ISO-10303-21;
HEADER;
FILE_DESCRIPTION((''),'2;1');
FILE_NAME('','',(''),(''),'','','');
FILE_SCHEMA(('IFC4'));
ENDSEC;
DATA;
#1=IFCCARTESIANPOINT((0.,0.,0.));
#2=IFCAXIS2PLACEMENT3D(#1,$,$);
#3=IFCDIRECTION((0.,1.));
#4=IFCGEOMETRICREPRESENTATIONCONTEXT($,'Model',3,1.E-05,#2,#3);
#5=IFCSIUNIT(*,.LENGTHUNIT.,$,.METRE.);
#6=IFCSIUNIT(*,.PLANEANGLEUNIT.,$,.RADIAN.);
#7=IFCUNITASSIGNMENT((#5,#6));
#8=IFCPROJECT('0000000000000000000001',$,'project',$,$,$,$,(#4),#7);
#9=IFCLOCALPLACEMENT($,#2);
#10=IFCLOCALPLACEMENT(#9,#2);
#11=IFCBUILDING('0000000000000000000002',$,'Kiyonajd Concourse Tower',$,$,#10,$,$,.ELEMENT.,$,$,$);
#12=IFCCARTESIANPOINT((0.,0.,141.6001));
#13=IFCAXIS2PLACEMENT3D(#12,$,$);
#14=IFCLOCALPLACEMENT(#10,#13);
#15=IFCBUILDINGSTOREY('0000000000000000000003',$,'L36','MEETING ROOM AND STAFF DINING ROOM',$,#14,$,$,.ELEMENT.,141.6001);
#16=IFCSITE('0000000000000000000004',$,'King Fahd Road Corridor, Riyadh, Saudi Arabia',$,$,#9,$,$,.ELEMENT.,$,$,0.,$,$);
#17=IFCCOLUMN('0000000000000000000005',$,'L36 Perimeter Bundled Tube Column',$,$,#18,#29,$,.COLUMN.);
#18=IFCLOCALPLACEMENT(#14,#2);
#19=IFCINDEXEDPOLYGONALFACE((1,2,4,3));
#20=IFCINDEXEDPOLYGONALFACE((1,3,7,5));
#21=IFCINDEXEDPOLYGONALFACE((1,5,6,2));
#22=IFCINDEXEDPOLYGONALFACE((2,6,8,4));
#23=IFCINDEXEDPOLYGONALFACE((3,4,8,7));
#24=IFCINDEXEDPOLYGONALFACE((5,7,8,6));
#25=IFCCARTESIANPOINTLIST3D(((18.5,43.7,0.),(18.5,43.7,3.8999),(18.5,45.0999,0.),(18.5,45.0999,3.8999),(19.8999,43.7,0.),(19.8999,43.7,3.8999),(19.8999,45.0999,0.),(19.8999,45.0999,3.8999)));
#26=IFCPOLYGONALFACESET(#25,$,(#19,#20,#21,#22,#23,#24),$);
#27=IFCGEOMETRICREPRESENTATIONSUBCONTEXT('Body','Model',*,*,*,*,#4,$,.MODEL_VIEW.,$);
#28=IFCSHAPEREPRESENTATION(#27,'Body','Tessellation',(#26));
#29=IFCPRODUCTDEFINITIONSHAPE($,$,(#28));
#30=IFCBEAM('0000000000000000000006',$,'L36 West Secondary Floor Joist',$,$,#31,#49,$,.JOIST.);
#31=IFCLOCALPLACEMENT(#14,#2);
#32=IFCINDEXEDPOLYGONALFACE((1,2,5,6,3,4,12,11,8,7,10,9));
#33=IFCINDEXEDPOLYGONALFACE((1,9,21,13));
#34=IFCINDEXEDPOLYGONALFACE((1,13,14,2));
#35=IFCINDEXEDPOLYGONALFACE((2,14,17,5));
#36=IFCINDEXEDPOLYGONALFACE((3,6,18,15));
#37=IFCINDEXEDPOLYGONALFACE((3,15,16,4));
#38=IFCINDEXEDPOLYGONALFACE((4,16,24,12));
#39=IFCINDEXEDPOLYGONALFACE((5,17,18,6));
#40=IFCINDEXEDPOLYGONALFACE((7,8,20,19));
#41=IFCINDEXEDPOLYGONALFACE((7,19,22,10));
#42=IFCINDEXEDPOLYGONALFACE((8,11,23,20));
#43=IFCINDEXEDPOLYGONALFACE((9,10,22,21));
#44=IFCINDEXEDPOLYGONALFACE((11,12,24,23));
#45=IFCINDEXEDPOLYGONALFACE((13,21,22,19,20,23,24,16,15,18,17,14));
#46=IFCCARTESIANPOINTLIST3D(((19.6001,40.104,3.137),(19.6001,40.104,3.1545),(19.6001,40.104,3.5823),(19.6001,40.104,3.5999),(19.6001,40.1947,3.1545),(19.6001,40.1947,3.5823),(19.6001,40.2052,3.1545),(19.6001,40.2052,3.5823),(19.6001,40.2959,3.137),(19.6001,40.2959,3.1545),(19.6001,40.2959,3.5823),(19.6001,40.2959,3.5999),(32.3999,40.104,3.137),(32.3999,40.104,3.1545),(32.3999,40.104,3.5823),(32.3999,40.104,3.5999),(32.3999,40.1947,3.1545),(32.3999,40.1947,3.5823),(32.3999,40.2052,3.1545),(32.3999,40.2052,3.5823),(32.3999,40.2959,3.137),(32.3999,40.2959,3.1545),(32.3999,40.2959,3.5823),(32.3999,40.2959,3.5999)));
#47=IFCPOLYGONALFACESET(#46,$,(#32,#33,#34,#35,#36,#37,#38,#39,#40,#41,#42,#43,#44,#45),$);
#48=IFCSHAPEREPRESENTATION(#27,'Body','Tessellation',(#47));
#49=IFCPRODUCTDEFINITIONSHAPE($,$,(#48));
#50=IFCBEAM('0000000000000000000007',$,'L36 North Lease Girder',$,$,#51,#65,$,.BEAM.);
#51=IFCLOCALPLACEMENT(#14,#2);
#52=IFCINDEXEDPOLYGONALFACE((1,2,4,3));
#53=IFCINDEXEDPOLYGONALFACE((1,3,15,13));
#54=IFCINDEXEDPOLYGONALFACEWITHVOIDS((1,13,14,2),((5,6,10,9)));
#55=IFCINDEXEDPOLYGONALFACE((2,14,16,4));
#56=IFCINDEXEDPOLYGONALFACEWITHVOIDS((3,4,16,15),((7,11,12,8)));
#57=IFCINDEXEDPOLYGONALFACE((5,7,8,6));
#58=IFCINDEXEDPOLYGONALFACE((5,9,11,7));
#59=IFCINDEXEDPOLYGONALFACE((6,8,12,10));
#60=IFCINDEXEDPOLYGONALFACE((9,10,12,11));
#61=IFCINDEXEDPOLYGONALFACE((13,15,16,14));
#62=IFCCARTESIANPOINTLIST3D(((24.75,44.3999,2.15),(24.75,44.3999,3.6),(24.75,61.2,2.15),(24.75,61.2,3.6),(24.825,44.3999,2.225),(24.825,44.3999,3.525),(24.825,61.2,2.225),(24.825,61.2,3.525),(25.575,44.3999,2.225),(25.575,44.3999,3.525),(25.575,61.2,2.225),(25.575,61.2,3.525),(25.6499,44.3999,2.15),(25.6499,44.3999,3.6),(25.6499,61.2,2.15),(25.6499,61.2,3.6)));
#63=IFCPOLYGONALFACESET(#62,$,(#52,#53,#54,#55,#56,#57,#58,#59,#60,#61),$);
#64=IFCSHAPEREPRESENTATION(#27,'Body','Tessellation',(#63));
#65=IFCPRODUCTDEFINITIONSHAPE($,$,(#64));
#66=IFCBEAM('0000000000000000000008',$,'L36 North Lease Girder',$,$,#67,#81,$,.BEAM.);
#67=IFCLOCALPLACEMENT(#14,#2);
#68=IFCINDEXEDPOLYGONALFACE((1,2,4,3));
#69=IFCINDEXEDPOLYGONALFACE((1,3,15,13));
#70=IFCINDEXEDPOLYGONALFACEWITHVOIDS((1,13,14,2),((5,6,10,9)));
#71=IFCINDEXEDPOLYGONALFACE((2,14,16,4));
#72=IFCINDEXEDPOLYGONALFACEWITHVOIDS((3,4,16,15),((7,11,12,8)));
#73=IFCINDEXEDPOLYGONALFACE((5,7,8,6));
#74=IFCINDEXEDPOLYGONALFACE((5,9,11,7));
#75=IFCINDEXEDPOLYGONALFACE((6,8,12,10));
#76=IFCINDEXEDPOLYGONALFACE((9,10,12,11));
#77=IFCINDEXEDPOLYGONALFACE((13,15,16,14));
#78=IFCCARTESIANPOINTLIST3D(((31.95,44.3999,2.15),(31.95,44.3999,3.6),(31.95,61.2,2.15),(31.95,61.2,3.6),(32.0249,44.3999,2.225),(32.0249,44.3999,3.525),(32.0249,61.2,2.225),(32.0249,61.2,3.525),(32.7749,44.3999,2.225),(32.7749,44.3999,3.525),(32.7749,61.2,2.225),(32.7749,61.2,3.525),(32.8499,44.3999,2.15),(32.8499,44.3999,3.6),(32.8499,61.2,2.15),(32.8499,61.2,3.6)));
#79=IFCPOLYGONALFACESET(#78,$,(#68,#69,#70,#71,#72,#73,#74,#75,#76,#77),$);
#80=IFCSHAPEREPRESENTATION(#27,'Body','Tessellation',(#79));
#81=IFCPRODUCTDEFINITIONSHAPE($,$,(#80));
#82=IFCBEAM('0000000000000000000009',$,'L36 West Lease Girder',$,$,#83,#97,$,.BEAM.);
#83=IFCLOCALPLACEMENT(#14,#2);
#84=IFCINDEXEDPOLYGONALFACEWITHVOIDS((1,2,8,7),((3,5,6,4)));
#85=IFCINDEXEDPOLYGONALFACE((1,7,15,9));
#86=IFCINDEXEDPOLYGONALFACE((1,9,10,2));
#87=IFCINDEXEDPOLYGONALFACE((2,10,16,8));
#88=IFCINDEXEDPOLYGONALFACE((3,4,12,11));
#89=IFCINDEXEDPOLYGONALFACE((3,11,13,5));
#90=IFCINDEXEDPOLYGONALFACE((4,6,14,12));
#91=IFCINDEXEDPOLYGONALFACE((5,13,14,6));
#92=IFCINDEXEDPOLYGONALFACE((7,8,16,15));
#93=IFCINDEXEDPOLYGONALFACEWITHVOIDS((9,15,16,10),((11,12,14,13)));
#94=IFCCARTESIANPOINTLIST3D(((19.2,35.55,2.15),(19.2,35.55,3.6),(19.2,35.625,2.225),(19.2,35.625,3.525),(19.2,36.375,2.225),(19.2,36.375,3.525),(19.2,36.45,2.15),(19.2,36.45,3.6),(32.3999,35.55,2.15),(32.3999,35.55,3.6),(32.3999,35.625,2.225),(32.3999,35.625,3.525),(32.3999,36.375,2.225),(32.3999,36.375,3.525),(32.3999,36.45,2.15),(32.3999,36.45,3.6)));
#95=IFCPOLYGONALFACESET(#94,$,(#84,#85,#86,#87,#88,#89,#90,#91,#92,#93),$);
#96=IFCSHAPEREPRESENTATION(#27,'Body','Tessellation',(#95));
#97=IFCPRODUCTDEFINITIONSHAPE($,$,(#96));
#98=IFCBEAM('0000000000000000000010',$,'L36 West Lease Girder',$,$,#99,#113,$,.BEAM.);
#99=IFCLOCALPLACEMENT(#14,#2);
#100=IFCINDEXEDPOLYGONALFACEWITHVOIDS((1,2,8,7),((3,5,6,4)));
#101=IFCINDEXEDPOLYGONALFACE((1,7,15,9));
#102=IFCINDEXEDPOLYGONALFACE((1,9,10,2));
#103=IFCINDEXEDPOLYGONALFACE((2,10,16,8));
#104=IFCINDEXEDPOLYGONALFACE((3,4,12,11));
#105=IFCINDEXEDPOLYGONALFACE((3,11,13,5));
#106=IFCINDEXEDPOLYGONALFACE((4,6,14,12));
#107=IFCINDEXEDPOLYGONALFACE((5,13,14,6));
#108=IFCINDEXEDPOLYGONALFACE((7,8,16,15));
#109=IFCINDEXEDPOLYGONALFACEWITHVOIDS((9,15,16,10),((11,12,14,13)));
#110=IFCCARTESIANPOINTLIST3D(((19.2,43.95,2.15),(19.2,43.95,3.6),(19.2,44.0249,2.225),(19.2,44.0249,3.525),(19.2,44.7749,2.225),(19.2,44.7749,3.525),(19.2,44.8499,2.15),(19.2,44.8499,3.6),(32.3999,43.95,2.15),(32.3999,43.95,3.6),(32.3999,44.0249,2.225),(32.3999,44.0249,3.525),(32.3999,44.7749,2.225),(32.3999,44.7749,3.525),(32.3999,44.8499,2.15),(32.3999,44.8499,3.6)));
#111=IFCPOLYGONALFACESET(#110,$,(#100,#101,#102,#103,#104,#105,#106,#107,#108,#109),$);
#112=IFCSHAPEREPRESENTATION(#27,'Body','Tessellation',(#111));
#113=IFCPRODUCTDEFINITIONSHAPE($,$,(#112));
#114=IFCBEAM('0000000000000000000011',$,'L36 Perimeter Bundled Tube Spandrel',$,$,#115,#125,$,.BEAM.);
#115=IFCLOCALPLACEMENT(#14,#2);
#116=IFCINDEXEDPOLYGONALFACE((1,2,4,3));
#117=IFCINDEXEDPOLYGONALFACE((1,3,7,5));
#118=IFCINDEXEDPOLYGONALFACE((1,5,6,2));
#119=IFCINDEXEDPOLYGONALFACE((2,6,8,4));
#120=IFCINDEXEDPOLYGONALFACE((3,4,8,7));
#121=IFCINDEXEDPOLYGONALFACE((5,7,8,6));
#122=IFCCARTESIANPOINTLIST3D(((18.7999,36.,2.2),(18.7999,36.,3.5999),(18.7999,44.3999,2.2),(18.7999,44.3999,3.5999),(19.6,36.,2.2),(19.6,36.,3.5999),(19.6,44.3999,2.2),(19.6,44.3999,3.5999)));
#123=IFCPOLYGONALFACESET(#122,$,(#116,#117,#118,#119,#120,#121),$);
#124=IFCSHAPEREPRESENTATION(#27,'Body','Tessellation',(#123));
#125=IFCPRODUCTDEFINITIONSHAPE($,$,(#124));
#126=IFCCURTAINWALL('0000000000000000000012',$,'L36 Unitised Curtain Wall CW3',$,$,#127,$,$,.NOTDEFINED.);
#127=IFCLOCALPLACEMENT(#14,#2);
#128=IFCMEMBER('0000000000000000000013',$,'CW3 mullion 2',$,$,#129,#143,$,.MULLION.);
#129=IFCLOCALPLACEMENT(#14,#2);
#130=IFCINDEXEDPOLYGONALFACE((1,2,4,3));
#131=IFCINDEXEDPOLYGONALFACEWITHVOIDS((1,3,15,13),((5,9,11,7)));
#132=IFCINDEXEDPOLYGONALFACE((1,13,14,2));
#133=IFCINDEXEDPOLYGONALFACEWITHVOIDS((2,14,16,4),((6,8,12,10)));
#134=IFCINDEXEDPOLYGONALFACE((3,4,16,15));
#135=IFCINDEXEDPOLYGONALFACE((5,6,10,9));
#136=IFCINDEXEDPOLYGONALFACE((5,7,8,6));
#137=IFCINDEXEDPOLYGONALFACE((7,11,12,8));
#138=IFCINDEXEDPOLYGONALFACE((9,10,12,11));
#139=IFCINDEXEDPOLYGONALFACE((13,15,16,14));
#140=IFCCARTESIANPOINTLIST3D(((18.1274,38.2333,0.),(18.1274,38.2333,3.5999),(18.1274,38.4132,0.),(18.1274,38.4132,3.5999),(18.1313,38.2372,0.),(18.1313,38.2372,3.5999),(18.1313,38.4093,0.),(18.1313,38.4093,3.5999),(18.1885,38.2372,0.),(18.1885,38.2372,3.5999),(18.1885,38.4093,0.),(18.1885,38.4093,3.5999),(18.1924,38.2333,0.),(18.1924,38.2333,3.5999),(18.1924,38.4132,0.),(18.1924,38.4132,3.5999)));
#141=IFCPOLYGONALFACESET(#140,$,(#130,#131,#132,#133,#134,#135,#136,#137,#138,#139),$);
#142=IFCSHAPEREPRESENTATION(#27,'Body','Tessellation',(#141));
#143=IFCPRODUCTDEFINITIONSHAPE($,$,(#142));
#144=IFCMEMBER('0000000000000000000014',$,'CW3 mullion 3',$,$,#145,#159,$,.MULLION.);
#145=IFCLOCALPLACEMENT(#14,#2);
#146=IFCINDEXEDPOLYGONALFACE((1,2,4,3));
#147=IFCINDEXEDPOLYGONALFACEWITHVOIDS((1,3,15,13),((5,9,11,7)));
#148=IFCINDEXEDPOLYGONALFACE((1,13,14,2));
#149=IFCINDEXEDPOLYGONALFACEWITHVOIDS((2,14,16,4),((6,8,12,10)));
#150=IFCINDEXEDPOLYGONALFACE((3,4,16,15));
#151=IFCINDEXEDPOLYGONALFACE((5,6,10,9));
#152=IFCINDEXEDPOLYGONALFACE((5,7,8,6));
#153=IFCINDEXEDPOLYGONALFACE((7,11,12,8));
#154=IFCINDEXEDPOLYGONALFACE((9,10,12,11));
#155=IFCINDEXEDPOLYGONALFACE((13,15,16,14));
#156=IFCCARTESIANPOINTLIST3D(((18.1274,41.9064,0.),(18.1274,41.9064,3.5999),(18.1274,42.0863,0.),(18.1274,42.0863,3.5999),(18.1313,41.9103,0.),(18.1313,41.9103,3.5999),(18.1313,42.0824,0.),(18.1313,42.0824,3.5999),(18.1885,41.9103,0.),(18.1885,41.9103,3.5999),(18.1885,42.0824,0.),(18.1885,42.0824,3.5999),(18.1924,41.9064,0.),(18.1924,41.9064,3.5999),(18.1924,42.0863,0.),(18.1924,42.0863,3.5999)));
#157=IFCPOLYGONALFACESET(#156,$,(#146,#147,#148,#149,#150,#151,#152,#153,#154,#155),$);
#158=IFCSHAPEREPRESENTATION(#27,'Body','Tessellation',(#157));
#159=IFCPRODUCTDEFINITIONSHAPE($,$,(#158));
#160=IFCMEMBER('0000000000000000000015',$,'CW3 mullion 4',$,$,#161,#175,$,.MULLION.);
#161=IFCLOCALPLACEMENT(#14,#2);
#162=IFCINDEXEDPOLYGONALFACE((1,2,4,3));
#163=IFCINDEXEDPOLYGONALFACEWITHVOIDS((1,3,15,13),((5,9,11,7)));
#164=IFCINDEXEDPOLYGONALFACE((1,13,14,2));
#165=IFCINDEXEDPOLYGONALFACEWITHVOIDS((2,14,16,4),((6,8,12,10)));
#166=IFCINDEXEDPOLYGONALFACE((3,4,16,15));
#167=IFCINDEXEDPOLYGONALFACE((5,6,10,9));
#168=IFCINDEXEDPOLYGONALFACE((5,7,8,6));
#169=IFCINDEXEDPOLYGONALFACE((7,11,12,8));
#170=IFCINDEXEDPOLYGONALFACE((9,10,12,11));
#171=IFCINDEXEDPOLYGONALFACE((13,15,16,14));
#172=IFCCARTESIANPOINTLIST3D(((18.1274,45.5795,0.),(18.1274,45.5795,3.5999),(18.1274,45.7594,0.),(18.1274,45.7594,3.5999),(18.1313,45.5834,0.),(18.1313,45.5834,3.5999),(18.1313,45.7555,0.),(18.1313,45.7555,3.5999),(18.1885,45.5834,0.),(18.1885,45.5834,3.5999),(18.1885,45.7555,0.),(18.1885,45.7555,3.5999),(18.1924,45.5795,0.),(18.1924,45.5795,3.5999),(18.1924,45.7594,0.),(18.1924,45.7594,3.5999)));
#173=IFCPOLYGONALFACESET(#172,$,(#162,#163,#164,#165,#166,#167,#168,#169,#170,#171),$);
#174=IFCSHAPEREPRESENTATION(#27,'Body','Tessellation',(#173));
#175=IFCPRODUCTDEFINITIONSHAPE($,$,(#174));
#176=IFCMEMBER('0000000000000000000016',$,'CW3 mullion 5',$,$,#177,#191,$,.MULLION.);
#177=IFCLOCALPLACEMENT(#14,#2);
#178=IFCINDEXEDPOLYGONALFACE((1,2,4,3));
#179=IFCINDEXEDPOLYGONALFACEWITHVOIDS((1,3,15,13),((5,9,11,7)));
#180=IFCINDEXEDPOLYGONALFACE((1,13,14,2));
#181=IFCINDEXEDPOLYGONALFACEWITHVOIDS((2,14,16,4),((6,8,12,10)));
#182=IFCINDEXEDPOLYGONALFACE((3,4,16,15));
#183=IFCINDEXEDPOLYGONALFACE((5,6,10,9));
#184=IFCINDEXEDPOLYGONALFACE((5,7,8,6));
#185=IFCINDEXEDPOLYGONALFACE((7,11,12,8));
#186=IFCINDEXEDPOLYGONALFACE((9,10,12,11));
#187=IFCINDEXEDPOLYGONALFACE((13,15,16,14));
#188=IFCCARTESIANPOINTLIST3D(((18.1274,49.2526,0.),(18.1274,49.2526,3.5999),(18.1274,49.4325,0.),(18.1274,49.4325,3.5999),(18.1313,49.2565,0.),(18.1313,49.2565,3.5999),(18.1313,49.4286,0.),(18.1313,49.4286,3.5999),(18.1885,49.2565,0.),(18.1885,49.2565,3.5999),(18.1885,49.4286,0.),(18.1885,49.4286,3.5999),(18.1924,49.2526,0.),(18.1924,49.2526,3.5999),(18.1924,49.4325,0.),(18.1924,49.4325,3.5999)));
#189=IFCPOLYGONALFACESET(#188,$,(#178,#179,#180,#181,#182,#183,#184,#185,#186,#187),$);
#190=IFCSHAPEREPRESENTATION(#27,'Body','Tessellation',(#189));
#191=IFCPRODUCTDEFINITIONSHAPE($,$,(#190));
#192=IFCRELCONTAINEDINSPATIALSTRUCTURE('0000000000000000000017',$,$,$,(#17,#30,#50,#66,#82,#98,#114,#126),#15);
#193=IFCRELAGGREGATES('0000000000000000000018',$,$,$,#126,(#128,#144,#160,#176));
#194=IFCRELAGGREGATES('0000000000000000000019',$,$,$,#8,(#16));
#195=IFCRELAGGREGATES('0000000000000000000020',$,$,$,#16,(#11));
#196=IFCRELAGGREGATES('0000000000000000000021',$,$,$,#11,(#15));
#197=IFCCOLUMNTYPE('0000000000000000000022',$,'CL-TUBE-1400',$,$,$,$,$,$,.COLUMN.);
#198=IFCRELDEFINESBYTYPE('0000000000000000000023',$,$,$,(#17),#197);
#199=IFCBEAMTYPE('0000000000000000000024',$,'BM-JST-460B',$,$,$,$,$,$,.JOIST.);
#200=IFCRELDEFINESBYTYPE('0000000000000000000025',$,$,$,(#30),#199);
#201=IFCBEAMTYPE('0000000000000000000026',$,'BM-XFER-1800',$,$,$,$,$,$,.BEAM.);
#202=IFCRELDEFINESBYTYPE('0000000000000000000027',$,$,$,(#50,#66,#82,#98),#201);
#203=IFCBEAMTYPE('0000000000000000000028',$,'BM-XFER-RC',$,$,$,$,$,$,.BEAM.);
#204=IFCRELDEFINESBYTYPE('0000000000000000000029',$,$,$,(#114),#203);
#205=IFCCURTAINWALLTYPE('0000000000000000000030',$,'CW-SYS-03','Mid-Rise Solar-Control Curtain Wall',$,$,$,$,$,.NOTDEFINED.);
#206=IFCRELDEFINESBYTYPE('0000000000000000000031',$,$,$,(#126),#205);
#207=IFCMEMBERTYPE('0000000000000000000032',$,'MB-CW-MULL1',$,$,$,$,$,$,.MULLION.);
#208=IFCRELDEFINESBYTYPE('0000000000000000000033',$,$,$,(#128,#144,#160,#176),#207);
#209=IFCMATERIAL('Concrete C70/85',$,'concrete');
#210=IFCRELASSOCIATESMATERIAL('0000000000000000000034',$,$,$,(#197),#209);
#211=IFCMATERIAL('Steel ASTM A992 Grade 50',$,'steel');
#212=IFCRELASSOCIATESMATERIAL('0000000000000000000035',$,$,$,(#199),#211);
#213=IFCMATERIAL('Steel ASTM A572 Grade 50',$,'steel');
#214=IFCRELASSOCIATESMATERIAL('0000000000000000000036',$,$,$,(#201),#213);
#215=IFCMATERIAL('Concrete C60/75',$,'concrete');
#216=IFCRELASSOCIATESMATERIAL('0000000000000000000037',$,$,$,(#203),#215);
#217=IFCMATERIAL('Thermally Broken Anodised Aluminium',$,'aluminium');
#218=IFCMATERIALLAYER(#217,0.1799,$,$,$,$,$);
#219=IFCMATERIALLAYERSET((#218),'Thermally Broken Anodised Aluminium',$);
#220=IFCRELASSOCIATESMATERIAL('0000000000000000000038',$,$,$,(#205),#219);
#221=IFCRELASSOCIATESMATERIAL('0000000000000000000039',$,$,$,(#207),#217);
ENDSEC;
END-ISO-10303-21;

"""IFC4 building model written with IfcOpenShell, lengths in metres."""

from ifc_helpers import new_model, si_unit, direction, frame, origin, origin_2d, place, context, subcontext, project, spatial, rectangle, hollow_rectangle, i_section, extrude, material, layer, layer_set, material_profile, profile_set, type_object, element, aggregate, save


model = new_model("IFC4")

# Units and contexts
model_context = context("Model", 3, precision=1e-05, world=origin(), true_north=direction((0.0, 1.0)))
body_context = subcontext(model_context, "Body", "Model", "MODEL_VIEW")
ifc_project = project(units=[si_unit("LENGTHUNIT", "METRE"), si_unit("PLANEANGLEUNIT", "RADIAN")], contexts=[model_context])

# Site, building, storey
site_placement = place(None, origin())
site = spatial("IfcSite", under=ifc_project, at=site_placement, Name="King Fahd Road Corridor, Riyadh, Saudi Arabia", CompositionType="ELEMENT", RefElevation=0.0)
building_placement = place(site_placement, origin())
building = spatial("IfcBuilding", under=site, at=building_placement, Name="Kiyonajd Concourse Tower", CompositionType="ELEMENT")
storey_placement = place(building_placement, frame((0.0, 0.0, 141.6001)))
storey = spatial("IfcBuildingStorey", under=building, at=storey_placement, Name="L36", Description="MEETING ROOM AND STAFF DINING ROOM", CompositionType="ELEMENT", Elevation=141.6001)

# Column
ifc_material_1 = material(Name="Concrete C70/85", Category="concrete")
ifc_material_profile_1 = material_profile(ifc_material_1, rectangle(XDim=1.3999, YDim=1.3999, at=origin_2d()), Name="RC-1400x1400")
ifc_profile_set_1 = profile_set([ifc_material_profile_1], Name="Concrete C70/85")
column_type = type_object("IfcColumnType", Name="CL-TUBE-1400", PredefinedType="COLUMN", material=ifc_profile_set_1)
column_placement = place(storey_placement, frame((19.2, 44.3999, 0.0), z_axis=(0.0, 0.0, 1.0), x_axis=(1.0, 0.0, 0.0)))
element("IfcColumn", 1, at=column_placement, inside=storey, type_object=column_type, Name="L36 Perimeter Bundled Tube Column", PredefinedType="COLUMN", context=body_context, shape_type="SweptSolid", body=[
    extrude(rectangle(XDim=1.3999, YDim=1.3999, at=origin_2d()), origin(), (0.0, 0.0, 1.0), 3.8999),
])

# Beams
ifc_material_2 = material(Name="Steel ASTM A992 Grade 50", Category="steel")
ifc_material_profile_2 = material_profile(ifc_material_2, i_section(OverallWidth=0.1919, OverallDepth=0.4629, WebThickness=0.0105, FlangeThickness=0.0176, at=origin_2d()), Name="W460X89")
ifc_profile_set_2 = profile_set([ifc_material_profile_2], Name="Steel ASTM A992 Grade 50")
beam_type_1 = type_object("IfcBeamType", Name="BM-JST-460B", PredefinedType="JOIST", material=ifc_profile_set_2)
beam_1_placement = place(storey_placement, frame((19.6001, 40.2, 3.3684), z_axis=(1.0, 0.0, 0.0), x_axis=(0.0, 1.0, 0.0)))
element("IfcBeam", 2, at=beam_1_placement, inside=storey, type_object=beam_type_1, Name="L36 West Secondary Floor Joist", PredefinedType="JOIST", context=body_context, shape_type="SweptSolid", body=[
    extrude(i_section(OverallWidth=0.1919, OverallDepth=0.4629, WebThickness=0.0105, FlangeThickness=0.0176, at=origin_2d()), origin(), (0.0, 0.0, 1.0), 12.7998),
])
ifc_material_3 = material(Name="Steel ASTM A572 Grade 50", Category="steel")
ifc_material_profile_3 = material_profile(ifc_material_3, hollow_rectangle(XDim=0.8999, YDim=1.45, WallThickness=0.075, at=origin_2d()), Name="BOX-1450x900x75")
ifc_profile_set_3 = profile_set([ifc_material_profile_3], Name="Steel ASTM A572 Grade 50")
beam_type_2 = type_object("IfcBeamType", Name="BM-XFER-1800", PredefinedType="BEAM", material=ifc_profile_set_3)
for number, where, z_axis, x_axis, name in (
    (3, (25.2, 44.3999, 2.875), (0.0, 1.0, 0.0), (-1.0, 0.0, 0.0), "L36 North Lease Girder"),
    (4, (32.3999, 44.3999, 2.875), (0.0, 1.0, 0.0), (-1.0, 0.0, 0.0), "L36 North Lease Girder"),
):
    element("IfcBeam", number, at=place(storey_placement, frame(where, z_axis=z_axis, x_axis=x_axis)), inside=storey, type_object=beam_type_2, Name=name, PredefinedType="BEAM", context=body_context, shape_type="SweptSolid", body=[
        extrude(hollow_rectangle(XDim=0.8999, YDim=1.45, WallThickness=0.075, at=origin_2d()), origin(), (0.0, 0.0, 1.0), 16.8),
    ])
for number, where, z_axis, x_axis, name in (
    (5, (19.2, 36.0, 2.875), (1.0, 0.0, 0.0), (0.0, 1.0, 0.0), "L36 West Lease Girder"),
    (6, (19.2, 44.3999, 2.875), (1.0, 0.0, 0.0), (0.0, 1.0, 0.0), "L36 West Lease Girder"),
):
    element("IfcBeam", number, at=place(storey_placement, frame(where, z_axis=z_axis, x_axis=x_axis)), inside=storey, type_object=beam_type_2, Name=name, PredefinedType="BEAM", context=body_context, shape_type="SweptSolid", body=[
        extrude(hollow_rectangle(XDim=0.8999, YDim=1.45, WallThickness=0.075, at=origin_2d()), origin(), (0.0, 0.0, 1.0), 13.2),
    ])
ifc_material_4 = material(Name="Concrete C60/75", Category="concrete")
ifc_material_profile_4 = material_profile(ifc_material_4, rectangle(XDim=0.8, YDim=1.3999, at=origin_2d()), Name="RCBM-800x1400")
ifc_profile_set_4 = profile_set([ifc_material_profile_4], Name="Concrete C60/75")
beam_type_3 = type_object("IfcBeamType", Name="BM-XFER-RC", PredefinedType="BEAM", material=ifc_profile_set_4)
beam_2_placement = place(storey_placement, frame((19.2, 44.3999, 2.8999), z_axis=(0.0, -1.0, 0.0), x_axis=(1.0, 0.0, 0.0)))
element("IfcBeam", 7, at=beam_2_placement, inside=storey, type_object=beam_type_3, Name="L36 Perimeter Bundled Tube Spandrel", PredefinedType="BEAM", context=body_context, shape_type="SweptSolid", body=[
    extrude(rectangle(XDim=0.8, YDim=1.3999, at=origin_2d()), origin(), (0.0, 0.0, 1.0), 8.3999),
])

# Curtain wall, members
ifc_material_5 = material(Name="Thermally Broken Anodised Aluminium", Category="aluminium")
ifc_layer_1 = layer(ifc_material_5, 0.1799)
ifc_layer_set_1 = layer_set([ifc_layer_1], Name="Thermally Broken Anodised Aluminium")
curtain_wall_type = type_object("IfcCurtainWallType", Name="CW-SYS-03", Description="Mid-Rise Solar-Control Curtain Wall", PredefinedType="NOTDEFINED", material=ifc_layer_set_1)
curtain_wall_placement = place(storey_placement, origin())
curtain_wall = element("IfcCurtainWall", 8, at=curtain_wall_placement, inside=storey, type_object=curtain_wall_type, Name="L36 Unitised Curtain Wall CW3", PredefinedType="NOTDEFINED")
ifc_material_profile_5 = material_profile(ifc_material_5, hollow_rectangle(XDim=0.0649, YDim=0.1799, WallThickness=0.0039, at=origin_2d()), Name="MULL-65x180")
ifc_profile_set_5 = profile_set([ifc_material_profile_5], Name="Thermally Broken Anodised Aluminium")
member_type_1 = type_object("IfcMemberType", Name="MB-CW-MULL1", PredefinedType="MULLION", material=ifc_profile_set_5)
member_1_placement = place(storey_placement, frame((18.1599, 38.3232, 0.0), z_axis=(0.0, 0.0, 1.0), x_axis=(-1.0, 0.0, 0.0)))
member_1 = element("IfcMember", 9, at=member_1_placement, type_object=member_type_1, Name="CW3 mullion 2", PredefinedType="MULLION", context=body_context, shape_type="SweptSolid", body=[
    extrude(hollow_rectangle(XDim=0.0649, YDim=0.1799, WallThickness=0.0039, at=origin_2d()), origin(), (0.0, 0.0, 1.0), 3.5999),
])
member_2_placement = place(storey_placement, frame((18.1599, 41.9963, 0.0), z_axis=(0.0, 0.0, 1.0), x_axis=(-1.0, 0.0, 0.0)))
member_2 = element("IfcMember", 10, at=member_2_placement, type_object=member_type_1, Name="CW3 mullion 3", PredefinedType="MULLION", context=body_context, shape_type="SweptSolid", body=[
    extrude(hollow_rectangle(XDim=0.0649, YDim=0.1799, WallThickness=0.0039, at=origin_2d()), origin(), (0.0, 0.0, 1.0), 3.5999),
])
member_3_placement = place(storey_placement, frame((18.1599, 45.6694, 0.0), z_axis=(0.0, 0.0, 1.0), x_axis=(-1.0, 0.0, 0.0)))
member_3 = element("IfcMember", 11, at=member_3_placement, type_object=member_type_1, Name="CW3 mullion 4", PredefinedType="MULLION", context=body_context, shape_type="SweptSolid", body=[
    extrude(hollow_rectangle(XDim=0.0649, YDim=0.1799, WallThickness=0.0039, at=origin_2d()), origin(), (0.0, 0.0, 1.0), 3.5999),
])
member_4_placement = place(storey_placement, frame((18.1599, 49.3425, 0.0), z_axis=(0.0, 0.0, 1.0), x_axis=(-1.0, 0.0, 0.0)))
member_4 = element("IfcMember", 12, at=member_4_placement, type_object=member_type_1, Name="CW3 mullion 5", PredefinedType="MULLION", context=body_context, shape_type="SweptSolid", body=[
    extrude(hollow_rectangle(XDim=0.0649, YDim=0.1799, WallThickness=0.0039, at=origin_2d()), origin(), (0.0, 0.0, 1.0), 3.5999),
])

aggregate(curtain_wall, [member_1, member_2, member_3, member_4])

save(model, "model.ifc")
